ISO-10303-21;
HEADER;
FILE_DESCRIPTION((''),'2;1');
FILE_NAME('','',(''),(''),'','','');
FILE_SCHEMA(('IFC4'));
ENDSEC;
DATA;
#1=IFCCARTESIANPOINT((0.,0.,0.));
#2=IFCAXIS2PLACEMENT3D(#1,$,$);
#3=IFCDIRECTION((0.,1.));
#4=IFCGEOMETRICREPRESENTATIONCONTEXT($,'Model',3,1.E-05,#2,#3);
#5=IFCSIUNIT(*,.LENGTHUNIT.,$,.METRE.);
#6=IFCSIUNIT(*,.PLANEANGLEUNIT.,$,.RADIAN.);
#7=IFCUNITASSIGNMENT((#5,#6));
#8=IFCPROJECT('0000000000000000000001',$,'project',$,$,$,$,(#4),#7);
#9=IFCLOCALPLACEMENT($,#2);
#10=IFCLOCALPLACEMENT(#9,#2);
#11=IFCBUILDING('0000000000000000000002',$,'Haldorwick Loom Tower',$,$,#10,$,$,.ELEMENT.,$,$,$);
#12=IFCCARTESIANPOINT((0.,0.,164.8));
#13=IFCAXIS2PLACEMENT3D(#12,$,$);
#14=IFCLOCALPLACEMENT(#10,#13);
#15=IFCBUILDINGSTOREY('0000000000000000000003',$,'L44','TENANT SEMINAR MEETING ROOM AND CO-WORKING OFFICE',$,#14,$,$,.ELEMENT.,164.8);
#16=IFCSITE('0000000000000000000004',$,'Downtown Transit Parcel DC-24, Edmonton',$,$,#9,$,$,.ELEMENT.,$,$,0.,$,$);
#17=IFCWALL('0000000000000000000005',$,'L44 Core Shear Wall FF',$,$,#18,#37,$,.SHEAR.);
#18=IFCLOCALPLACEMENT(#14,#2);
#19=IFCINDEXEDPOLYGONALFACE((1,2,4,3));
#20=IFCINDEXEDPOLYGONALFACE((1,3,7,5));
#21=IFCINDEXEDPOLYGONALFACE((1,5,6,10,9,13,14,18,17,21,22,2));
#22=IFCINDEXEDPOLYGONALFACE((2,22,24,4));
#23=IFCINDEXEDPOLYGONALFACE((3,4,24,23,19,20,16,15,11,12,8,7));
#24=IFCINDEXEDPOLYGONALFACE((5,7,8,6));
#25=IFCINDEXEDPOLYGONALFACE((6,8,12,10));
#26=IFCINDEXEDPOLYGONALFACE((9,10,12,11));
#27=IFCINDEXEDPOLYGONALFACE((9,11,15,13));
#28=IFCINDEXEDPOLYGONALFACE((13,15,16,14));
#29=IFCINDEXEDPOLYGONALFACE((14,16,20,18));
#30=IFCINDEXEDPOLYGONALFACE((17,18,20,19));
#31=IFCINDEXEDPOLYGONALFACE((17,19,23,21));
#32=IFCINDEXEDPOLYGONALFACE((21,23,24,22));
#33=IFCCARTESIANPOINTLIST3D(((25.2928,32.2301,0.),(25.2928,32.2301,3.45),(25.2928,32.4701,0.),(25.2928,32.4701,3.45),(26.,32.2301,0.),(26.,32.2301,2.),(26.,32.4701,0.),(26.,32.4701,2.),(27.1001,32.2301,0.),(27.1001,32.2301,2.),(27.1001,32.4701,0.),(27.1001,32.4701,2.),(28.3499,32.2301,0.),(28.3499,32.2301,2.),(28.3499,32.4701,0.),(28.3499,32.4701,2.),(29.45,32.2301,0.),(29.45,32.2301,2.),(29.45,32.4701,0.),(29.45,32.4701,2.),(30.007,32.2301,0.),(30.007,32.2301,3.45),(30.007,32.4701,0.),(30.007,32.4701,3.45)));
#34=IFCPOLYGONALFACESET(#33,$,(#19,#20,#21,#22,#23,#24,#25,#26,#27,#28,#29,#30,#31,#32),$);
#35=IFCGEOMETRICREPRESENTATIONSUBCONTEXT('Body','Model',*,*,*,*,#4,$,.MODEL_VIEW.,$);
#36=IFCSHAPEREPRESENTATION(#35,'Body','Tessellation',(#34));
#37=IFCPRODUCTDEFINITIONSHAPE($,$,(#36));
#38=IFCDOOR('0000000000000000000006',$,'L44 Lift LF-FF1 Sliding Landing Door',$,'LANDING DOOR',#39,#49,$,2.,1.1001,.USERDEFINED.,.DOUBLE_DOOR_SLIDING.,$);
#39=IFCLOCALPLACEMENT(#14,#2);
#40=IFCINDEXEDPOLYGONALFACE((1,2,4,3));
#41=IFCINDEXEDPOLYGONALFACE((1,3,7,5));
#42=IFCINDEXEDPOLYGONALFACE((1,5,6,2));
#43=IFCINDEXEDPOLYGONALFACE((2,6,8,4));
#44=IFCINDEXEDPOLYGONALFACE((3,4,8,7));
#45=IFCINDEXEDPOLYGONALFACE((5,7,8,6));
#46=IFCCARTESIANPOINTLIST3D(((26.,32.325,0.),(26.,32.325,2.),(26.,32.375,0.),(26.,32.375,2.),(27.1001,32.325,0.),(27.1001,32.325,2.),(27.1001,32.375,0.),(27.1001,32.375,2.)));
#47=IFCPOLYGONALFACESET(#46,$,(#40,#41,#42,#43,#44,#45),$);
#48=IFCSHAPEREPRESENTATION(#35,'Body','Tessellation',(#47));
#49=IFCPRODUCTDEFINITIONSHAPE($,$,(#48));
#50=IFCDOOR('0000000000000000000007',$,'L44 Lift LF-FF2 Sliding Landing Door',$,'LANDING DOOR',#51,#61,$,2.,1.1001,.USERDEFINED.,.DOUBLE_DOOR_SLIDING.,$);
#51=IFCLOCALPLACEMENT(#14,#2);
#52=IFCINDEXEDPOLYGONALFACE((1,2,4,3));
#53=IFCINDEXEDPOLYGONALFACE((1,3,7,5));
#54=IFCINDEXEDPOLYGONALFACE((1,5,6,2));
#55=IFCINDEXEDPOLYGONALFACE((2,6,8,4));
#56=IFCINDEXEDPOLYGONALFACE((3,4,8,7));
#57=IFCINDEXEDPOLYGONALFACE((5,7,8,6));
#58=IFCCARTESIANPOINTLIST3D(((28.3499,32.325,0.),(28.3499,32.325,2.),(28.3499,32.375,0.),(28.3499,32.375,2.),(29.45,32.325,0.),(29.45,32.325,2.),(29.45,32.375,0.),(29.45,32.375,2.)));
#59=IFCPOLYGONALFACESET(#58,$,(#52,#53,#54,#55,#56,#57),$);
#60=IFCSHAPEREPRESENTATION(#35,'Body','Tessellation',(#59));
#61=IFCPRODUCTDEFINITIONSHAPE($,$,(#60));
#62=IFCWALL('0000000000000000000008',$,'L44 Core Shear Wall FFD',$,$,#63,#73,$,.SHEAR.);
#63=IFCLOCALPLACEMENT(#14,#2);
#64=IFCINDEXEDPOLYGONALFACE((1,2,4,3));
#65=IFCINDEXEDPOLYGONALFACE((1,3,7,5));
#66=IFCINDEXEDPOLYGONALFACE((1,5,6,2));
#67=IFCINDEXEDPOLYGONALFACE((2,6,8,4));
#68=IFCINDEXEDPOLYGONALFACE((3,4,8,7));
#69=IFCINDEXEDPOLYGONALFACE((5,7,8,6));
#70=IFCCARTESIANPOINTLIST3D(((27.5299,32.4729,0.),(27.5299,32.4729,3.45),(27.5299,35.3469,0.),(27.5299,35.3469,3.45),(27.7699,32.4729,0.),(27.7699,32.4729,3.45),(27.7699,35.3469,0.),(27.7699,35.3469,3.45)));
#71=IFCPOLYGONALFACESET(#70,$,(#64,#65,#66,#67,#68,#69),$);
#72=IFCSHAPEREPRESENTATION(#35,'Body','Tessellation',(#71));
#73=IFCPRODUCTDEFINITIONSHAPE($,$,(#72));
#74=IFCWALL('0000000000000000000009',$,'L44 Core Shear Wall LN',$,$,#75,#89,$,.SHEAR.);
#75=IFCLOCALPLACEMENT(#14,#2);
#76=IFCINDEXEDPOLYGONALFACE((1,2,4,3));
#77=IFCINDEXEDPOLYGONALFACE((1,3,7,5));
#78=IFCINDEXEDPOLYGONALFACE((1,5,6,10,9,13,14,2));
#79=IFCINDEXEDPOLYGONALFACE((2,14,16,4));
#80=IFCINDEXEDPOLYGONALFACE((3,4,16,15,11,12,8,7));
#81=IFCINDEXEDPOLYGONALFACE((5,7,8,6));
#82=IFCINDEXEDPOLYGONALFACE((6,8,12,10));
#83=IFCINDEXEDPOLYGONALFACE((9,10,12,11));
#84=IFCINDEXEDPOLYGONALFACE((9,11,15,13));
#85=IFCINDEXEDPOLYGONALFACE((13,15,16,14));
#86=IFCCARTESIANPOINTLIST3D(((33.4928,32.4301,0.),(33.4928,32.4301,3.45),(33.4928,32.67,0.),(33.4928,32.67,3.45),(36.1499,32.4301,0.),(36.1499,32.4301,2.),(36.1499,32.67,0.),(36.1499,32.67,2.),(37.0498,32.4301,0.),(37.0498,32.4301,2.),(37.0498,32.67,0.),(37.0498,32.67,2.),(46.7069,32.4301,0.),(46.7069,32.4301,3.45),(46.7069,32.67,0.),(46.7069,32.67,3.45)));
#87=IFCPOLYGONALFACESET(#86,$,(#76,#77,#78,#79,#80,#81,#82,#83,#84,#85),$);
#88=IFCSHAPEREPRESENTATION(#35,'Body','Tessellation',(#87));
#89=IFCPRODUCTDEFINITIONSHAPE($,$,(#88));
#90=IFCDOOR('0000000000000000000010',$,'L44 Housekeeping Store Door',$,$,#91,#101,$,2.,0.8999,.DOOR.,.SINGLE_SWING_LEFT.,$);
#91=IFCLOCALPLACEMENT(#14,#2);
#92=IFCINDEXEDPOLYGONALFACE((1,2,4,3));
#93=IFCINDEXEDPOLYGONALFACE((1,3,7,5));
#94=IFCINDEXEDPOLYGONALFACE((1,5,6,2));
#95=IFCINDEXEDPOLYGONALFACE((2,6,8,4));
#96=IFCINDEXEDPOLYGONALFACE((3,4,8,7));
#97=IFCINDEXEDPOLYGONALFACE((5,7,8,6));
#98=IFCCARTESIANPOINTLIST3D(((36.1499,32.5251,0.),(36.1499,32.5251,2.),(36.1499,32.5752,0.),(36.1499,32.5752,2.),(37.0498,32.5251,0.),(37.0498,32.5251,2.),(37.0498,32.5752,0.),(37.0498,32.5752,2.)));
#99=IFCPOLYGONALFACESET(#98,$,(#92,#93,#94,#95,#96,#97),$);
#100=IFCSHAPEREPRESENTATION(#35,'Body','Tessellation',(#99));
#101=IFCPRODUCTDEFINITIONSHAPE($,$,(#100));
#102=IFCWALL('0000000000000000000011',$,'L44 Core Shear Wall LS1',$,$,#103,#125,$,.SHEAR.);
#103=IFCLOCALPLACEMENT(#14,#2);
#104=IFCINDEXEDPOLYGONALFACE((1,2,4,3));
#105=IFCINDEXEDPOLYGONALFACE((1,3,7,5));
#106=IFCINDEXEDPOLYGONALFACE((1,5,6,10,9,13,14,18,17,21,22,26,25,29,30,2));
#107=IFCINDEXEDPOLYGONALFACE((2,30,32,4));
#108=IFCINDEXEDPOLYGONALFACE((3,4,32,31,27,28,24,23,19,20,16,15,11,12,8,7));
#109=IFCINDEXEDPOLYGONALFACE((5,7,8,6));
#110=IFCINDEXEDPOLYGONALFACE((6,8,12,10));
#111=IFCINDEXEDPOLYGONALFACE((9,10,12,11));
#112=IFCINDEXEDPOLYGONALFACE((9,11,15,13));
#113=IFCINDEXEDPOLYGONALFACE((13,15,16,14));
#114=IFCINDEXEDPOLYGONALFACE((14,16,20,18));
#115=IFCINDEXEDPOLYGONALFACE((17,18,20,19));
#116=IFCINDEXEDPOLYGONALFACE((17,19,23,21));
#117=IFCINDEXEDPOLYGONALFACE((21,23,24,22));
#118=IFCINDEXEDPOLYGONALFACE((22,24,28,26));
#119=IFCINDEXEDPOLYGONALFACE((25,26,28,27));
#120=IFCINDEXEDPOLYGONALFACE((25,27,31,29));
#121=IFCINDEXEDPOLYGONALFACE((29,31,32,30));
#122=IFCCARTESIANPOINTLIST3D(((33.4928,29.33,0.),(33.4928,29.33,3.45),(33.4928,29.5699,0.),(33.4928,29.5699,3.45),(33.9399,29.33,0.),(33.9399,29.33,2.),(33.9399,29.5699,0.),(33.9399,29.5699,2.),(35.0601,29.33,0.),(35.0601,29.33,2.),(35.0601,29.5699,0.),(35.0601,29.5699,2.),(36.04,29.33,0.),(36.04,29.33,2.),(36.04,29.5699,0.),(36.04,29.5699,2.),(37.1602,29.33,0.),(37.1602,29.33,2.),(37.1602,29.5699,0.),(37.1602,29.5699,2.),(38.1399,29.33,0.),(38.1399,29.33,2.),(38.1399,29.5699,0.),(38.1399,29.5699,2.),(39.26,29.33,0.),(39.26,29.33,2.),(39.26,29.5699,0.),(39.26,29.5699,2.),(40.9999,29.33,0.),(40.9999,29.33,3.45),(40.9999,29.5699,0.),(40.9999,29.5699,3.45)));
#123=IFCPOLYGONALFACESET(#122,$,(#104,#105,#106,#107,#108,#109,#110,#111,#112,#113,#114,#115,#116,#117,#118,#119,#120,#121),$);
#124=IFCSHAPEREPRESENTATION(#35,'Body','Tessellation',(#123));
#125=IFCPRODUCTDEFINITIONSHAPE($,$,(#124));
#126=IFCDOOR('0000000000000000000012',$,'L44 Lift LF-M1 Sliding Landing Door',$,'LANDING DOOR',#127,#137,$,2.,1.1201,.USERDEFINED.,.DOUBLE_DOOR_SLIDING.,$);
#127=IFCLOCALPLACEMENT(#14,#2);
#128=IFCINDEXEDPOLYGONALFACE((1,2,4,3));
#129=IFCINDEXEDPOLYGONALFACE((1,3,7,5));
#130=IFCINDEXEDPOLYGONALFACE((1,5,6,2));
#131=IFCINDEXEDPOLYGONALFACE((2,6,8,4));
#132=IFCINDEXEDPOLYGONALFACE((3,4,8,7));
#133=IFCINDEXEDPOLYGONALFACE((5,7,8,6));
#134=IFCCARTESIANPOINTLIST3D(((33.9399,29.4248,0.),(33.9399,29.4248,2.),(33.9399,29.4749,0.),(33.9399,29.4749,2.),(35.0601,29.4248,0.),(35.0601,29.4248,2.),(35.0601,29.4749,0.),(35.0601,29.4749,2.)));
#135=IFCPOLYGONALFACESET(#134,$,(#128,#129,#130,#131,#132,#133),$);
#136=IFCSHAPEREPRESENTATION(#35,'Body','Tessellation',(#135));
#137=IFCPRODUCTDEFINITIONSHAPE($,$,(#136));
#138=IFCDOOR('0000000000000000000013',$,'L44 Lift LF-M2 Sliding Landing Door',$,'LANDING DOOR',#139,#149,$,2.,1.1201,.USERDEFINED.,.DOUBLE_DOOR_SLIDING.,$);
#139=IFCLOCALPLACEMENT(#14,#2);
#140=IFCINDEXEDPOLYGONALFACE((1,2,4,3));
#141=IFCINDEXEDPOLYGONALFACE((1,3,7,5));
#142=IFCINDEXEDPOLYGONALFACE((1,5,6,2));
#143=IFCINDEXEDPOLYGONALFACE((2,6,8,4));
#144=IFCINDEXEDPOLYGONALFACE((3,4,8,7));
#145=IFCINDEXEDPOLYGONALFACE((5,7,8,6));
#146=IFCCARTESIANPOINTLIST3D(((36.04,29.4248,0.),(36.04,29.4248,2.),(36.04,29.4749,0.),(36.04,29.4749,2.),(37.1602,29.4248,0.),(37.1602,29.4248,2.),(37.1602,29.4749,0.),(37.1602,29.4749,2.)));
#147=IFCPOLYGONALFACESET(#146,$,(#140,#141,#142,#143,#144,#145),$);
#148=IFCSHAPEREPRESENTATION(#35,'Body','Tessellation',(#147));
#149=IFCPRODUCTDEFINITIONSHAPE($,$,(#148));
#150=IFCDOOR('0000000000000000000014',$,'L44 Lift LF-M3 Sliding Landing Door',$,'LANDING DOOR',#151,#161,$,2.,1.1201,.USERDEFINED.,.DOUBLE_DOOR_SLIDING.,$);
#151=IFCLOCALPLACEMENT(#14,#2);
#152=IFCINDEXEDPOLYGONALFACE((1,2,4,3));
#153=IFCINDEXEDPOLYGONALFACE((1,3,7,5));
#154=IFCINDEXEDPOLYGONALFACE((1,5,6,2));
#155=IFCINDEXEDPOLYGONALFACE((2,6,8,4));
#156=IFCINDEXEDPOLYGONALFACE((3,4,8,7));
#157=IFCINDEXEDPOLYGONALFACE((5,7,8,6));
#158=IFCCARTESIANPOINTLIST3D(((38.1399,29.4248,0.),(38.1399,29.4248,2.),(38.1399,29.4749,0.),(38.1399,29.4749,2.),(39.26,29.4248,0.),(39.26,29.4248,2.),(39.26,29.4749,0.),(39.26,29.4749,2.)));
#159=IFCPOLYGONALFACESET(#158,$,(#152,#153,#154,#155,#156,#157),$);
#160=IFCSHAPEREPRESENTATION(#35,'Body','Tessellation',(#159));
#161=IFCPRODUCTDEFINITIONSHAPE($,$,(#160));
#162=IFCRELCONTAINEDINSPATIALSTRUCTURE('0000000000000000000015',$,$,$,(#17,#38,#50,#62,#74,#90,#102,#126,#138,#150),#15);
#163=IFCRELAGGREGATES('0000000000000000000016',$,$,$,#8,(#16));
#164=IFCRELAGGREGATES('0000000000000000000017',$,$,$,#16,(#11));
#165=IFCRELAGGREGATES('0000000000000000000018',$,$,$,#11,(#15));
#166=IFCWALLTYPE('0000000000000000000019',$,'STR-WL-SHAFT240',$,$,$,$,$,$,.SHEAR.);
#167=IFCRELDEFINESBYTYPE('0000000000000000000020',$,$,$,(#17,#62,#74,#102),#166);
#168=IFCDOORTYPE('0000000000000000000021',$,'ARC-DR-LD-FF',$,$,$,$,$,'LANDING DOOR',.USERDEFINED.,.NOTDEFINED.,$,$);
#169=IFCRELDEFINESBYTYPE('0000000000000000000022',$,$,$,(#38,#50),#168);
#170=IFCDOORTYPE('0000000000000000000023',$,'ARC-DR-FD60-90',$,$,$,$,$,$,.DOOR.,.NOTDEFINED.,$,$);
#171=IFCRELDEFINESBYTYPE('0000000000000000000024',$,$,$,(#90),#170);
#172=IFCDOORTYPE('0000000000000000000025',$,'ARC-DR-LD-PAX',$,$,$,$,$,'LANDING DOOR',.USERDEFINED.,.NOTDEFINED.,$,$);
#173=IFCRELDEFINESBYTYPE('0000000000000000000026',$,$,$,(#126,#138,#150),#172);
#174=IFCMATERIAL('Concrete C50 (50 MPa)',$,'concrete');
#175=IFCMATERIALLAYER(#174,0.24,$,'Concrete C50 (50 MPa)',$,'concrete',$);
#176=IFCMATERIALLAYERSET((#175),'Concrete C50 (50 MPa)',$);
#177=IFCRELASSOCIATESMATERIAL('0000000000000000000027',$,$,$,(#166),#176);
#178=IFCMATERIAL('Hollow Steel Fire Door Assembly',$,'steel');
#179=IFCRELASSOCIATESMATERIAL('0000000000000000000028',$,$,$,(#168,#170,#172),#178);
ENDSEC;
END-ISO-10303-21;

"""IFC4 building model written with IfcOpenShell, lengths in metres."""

from ifc_helpers import new_model, si_unit, direction, frame, frame_2d, origin, place, context, subcontext, project, spatial, rectangle, extrude, material, layer, layer_set, type_object, element, fill, save


model = new_model("IFC4")

# Units and contexts
model_context = context("Model", 3, precision=1e-05, world=origin(), true_north=direction((0.0, 1.0)))
body_context = subcontext(model_context, "Body", "Model", "MODEL_VIEW")
ifc_project = project(units=[si_unit("LENGTHUNIT", "METRE"), si_unit("PLANEANGLEUNIT", "RADIAN")], contexts=[model_context])

# Site, building, storey
site_placement = place(None, origin())
site = spatial("IfcSite", under=ifc_project, at=site_placement, Name="Downtown Transit Parcel DC-24, Edmonton", CompositionType="ELEMENT", RefElevation=0.0)
building_placement = place(site_placement, origin())
building = spatial("IfcBuilding", under=site, at=building_placement, Name="Haldorwick Loom Tower", CompositionType="ELEMENT")
storey_placement = place(building_placement, frame((0.0, 0.0, 164.8)))
storey = spatial("IfcBuildingStorey", under=building, at=storey_placement, Name="L44", Description="TENANT SEMINAR MEETING ROOM AND CO-WORKING OFFICE", CompositionType="ELEMENT", Elevation=164.8)

# Shared definitions
ifc_material_1 = material(Name="Concrete C50 (50 MPa)", Category="concrete")
ifc_layer = layer(ifc_material_1, 0.24, Name="Concrete C50 (50 MPa)", Category="concrete")
ifc_layer_set = layer_set([ifc_layer], Name="Concrete C50 (50 MPa)")
wall_type = type_object("IfcWallType", Name="STR-WL-SHAFT240", PredefinedType="SHEAR", material=ifc_layer_set)

# Wall, openings, doors
wall_1_placement = place(storey_placement, frame((25.293, 32.3501, 0.0), z_axis=(0.0, 0.0, 1.0), x_axis=(1.0, 0.0, 0.0)))
wall_1 = element("IfcWall", 1, at=wall_1_placement, inside=storey, type_object=wall_type, Name="L44 Core Shear Wall FF", PredefinedType="SHEAR", context=body_context, shape_type="SweptSolid", body=[
    extrude(rectangle(XDim=4.7141, YDim=0.24, at=frame_2d((2.3569, 0.0))), origin(), (0.0, 0.0, 1.0), 3.45),
])
opening_1_placement = place(wall_1_placement, frame((0.707, 0.0, 0.0)))
opening_1 = element("IfcOpeningElement", 2, at=opening_1_placement, cuts=wall_1, PredefinedType="OPENING", context=body_context, shape_type="SweptSolid", body=[
    extrude(rectangle(XDim=1.1001, YDim=2.0, at=frame_2d((0.55, 1.0))), frame((0.0, 0.1299, 0.0), z_axis=(0.0, -1.0, 0.0), x_axis=(1.0, 0.0, 0.0)), (0.0, 0.0, 1.0), 0.26),
])
opening_2_placement = place(wall_1_placement, frame((3.0569, 0.0, 0.0)))
opening_2 = element("IfcOpeningElement", 3, at=opening_2_placement, cuts=wall_1, PredefinedType="OPENING", context=body_context, shape_type="SweptSolid", body=[
    extrude(rectangle(XDim=1.1001, YDim=2.0, at=frame_2d((0.55, 1.0))), frame((0.0, 0.1299, 0.0), z_axis=(0.0, -1.0, 0.0), x_axis=(1.0, 0.0, 0.0)), (0.0, 0.0, 1.0), 0.26),
])
ifc_material_2 = material(Name="Hollow Steel Fire Door Assembly", Category="steel")
door_type_1 = type_object("IfcDoorType", Name="ARC-DR-LD-FF", ElementType="LANDING DOOR", OperationType="NOTDEFINED", PredefinedType="USERDEFINED", material=ifc_material_2)
door_1_placement = place(opening_1_placement, origin())
door_1 = element("IfcDoor", 4, at=door_1_placement, inside=storey, type_object=door_type_1, Name="L44 Lift LF-FF1 Sliding Landing Door", ObjectType="LANDING DOOR", OperationType="DOUBLE_DOOR_SLIDING", OverallHeight=2.0, OverallWidth=1.1001, PredefinedType="USERDEFINED", context=body_context, shape_type="SweptSolid", body=[
    extrude(rectangle(XDim=1.1001, YDim=2.0, at=frame_2d((0.55, 1.0))), frame((0.0, 0.0249, 0.0), z_axis=(0.0, -1.0, 0.0), x_axis=(1.0, 0.0, 0.0)), (0.0, 0.0, 1.0), 0.05),
])
fill(opening_1, door_1)
door_2_placement = place(opening_2_placement, origin())
door_2 = element("IfcDoor", 5, at=door_2_placement, inside=storey, type_object=door_type_1, Name="L44 Lift LF-FF2 Sliding Landing Door", ObjectType="LANDING DOOR", OperationType="DOUBLE_DOOR_SLIDING", OverallHeight=2.0, OverallWidth=1.1001, PredefinedType="USERDEFINED", context=body_context, shape_type="SweptSolid", body=[
    extrude(rectangle(XDim=1.1001, YDim=2.0, at=frame_2d((0.55, 1.0))), frame((0.0, 0.0249, 0.0), z_axis=(0.0, -1.0, 0.0), x_axis=(1.0, 0.0, 0.0)), (0.0, 0.0, 1.0), 0.05),
])
fill(opening_2, door_2)

# Wall
wall_2_placement = place(storey_placement, frame((27.6499, 32.4729, 0.0), z_axis=(0.0, 0.0, 1.0), x_axis=(0.0, 1.0, 0.0)))
element("IfcWall", 6, at=wall_2_placement, inside=storey, type_object=wall_type, Name="L44 Core Shear Wall FFD", PredefinedType="SHEAR", context=body_context, shape_type="SweptSolid", body=[
    extrude(rectangle(XDim=2.874, YDim=0.24, at=frame_2d((1.437, 0.0))), origin(), (0.0, 0.0, 1.0), 3.45),
])

# Wall, opening, door
wall_3_placement = place(storey_placement, frame((33.4929, 32.55, 0.0), z_axis=(0.0, 0.0, 1.0), x_axis=(1.0, 0.0, 0.0)))
wall_3 = element("IfcWall", 7, at=wall_3_placement, inside=storey, type_object=wall_type, Name="L44 Core Shear Wall LN", PredefinedType="SHEAR", context=body_context, shape_type="SweptSolid", body=[
    extrude(rectangle(XDim=13.2141, YDim=0.24, at=frame_2d((6.6069, 0.0))), origin(), (0.0, 0.0, 1.0), 3.45),
])
opening_3_placement = place(wall_3_placement, frame((2.657, 0.0, 0.0)))
opening_3 = element("IfcOpeningElement", 8, at=opening_3_placement, cuts=wall_3, PredefinedType="OPENING", context=body_context, shape_type="SweptSolid", body=[
    extrude(rectangle(XDim=0.8999, YDim=2.0, at=frame_2d((0.45, 1.0))), frame((0.0, 0.1299, 0.0), z_axis=(0.0, -1.0, 0.0), x_axis=(1.0, 0.0, 0.0)), (0.0, 0.0, 1.0), 0.26),
])
door_type_2 = type_object("IfcDoorType", Name="ARC-DR-FD60-90", OperationType="NOTDEFINED", PredefinedType="DOOR", material=ifc_material_2)
door_3_placement = place(opening_3_placement, frame((0.8999, 0.0, 0.0), z_axis=(0.0, 0.0, 1.0), x_axis=(-1.0, 0.0, 0.0)))
door_3 = element("IfcDoor", 9, at=door_3_placement, inside=storey, type_object=door_type_2, Name="L44 Housekeeping Store Door", OperationType="SINGLE_SWING_LEFT", OverallHeight=2.0, OverallWidth=0.8999, PredefinedType="DOOR", context=body_context, shape_type="SweptSolid", body=[
    extrude(rectangle(XDim=0.8999, YDim=2.0, at=frame_2d((0.45, 1.0))), frame((0.0, 0.0249, 0.0), z_axis=(0.0, -1.0, 0.0), x_axis=(1.0, 0.0, 0.0)), (0.0, 0.0, 1.0), 0.05),
])
fill(opening_3, door_3)

# Wall, openings, doors
wall_4_placement = place(storey_placement, frame((33.4929, 29.45, 0.0), z_axis=(0.0, 0.0, 1.0), x_axis=(1.0, 0.0, 0.0)))
wall_4 = element("IfcWall", 10, at=wall_4_placement, inside=storey, type_object=wall_type, Name="L44 Core Shear Wall LS1", PredefinedType="SHEAR", context=body_context, shape_type="SweptSolid", body=[
    extrude(rectangle(XDim=7.5071, YDim=0.24, at=frame_2d((3.7534, 0.0))), origin(), (0.0, 0.0, 1.0), 3.45),
])
opening_4_placement = place(wall_4_placement, frame((0.447, 0.0, 0.0)))
opening_4 = element("IfcOpeningElement", 11, at=opening_4_placement, cuts=wall_4, PredefinedType="OPENING", context=body_context, shape_type="SweptSolid", body=[
    extrude(rectangle(XDim=1.1201, YDim=2.0, at=frame_2d((0.5601, 1.0))), frame((0.0, 0.1299, 0.0), z_axis=(0.0, -1.0, 0.0), x_axis=(1.0, 0.0, 0.0)), (0.0, 0.0, 1.0), 0.26),
])
opening_5_placement = place(wall_4_placement, frame((2.5471, 0.0, 0.0)))
opening_5 = element("IfcOpeningElement", 12, at=opening_5_placement, cuts=wall_4, PredefinedType="OPENING", context=body_context, shape_type="SweptSolid", body=[
    extrude(rectangle(XDim=1.1201, YDim=2.0, at=frame_2d((0.5601, 1.0))), frame((0.0, 0.1299, 0.0), z_axis=(0.0, -1.0, 0.0), x_axis=(1.0, 0.0, 0.0)), (0.0, 0.0, 1.0), 0.26),
])
opening_6_placement = place(wall_4_placement, frame((4.647, 0.0, 0.0)))
opening_6 = element("IfcOpeningElement", 13, at=opening_6_placement, cuts=wall_4, PredefinedType="OPENING", context=body_context, shape_type="SweptSolid", body=[
    extrude(rectangle(XDim=1.1201, YDim=2.0, at=frame_2d((0.5601, 1.0))), frame((0.0, 0.1299, 0.0), z_axis=(0.0, -1.0, 0.0), x_axis=(1.0, 0.0, 0.0)), (0.0, 0.0, 1.0), 0.26),
])
door_type_3 = type_object("IfcDoorType", Name="ARC-DR-LD-PAX", ElementType="LANDING DOOR", OperationType="NOTDEFINED", PredefinedType="USERDEFINED", material=ifc_material_2)
door_4_placement = place(opening_4_placement, origin())
door_4 = element("IfcDoor", 14, at=door_4_placement, inside=storey, type_object=door_type_3, Name="L44 Lift LF-M1 Sliding Landing Door", ObjectType="LANDING DOOR", OperationType="DOUBLE_DOOR_SLIDING", OverallHeight=2.0, OverallWidth=1.1201, PredefinedType="USERDEFINED", context=body_context, shape_type="SweptSolid", body=[
    extrude(rectangle(XDim=1.1201, YDim=2.0, at=frame_2d((0.5601, 1.0))), frame((0.0, 0.0249, 0.0), z_axis=(0.0, -1.0, 0.0), x_axis=(1.0, 0.0, 0.0)), (0.0, 0.0, 1.0), 0.05),
])
fill(opening_4, door_4)
door_5_placement = place(opening_5_placement, origin())
door_5 = element("IfcDoor", 15, at=door_5_placement, inside=storey, type_object=door_type_3, Name="L44 Lift LF-M2 Sliding Landing Door", ObjectType="LANDING DOOR", OperationType="DOUBLE_DOOR_SLIDING", OverallHeight=2.0, OverallWidth=1.1201, PredefinedType="USERDEFINED", context=body_context, shape_type="SweptSolid", body=[
    extrude(rectangle(XDim=1.1201, YDim=2.0, at=frame_2d((0.5601, 1.0))), frame((0.0, 0.0249, 0.0), z_axis=(0.0, -1.0, 0.0), x_axis=(1.0, 0.0, 0.0)), (0.0, 0.0, 1.0), 0.05),
])
fill(opening_5, door_5)
door_6_placement = place(opening_6_placement, origin())
door_6 = element("IfcDoor", 16, at=door_6_placement, inside=storey, type_object=door_type_3, Name="L44 Lift LF-M3 Sliding Landing Door", ObjectType="LANDING DOOR", OperationType="DOUBLE_DOOR_SLIDING", OverallHeight=2.0, OverallWidth=1.1201, PredefinedType="USERDEFINED", context=body_context, shape_type="SweptSolid", body=[
    extrude(rectangle(XDim=1.1201, YDim=2.0, at=frame_2d((0.5601, 1.0))), frame((0.0, 0.0249, 0.0), z_axis=(0.0, -1.0, 0.0), x_axis=(1.0, 0.0, 0.0)), (0.0, 0.0, 1.0), 0.05),
])
fill(opening_6, door_6)

save(model, "model.ifc")
